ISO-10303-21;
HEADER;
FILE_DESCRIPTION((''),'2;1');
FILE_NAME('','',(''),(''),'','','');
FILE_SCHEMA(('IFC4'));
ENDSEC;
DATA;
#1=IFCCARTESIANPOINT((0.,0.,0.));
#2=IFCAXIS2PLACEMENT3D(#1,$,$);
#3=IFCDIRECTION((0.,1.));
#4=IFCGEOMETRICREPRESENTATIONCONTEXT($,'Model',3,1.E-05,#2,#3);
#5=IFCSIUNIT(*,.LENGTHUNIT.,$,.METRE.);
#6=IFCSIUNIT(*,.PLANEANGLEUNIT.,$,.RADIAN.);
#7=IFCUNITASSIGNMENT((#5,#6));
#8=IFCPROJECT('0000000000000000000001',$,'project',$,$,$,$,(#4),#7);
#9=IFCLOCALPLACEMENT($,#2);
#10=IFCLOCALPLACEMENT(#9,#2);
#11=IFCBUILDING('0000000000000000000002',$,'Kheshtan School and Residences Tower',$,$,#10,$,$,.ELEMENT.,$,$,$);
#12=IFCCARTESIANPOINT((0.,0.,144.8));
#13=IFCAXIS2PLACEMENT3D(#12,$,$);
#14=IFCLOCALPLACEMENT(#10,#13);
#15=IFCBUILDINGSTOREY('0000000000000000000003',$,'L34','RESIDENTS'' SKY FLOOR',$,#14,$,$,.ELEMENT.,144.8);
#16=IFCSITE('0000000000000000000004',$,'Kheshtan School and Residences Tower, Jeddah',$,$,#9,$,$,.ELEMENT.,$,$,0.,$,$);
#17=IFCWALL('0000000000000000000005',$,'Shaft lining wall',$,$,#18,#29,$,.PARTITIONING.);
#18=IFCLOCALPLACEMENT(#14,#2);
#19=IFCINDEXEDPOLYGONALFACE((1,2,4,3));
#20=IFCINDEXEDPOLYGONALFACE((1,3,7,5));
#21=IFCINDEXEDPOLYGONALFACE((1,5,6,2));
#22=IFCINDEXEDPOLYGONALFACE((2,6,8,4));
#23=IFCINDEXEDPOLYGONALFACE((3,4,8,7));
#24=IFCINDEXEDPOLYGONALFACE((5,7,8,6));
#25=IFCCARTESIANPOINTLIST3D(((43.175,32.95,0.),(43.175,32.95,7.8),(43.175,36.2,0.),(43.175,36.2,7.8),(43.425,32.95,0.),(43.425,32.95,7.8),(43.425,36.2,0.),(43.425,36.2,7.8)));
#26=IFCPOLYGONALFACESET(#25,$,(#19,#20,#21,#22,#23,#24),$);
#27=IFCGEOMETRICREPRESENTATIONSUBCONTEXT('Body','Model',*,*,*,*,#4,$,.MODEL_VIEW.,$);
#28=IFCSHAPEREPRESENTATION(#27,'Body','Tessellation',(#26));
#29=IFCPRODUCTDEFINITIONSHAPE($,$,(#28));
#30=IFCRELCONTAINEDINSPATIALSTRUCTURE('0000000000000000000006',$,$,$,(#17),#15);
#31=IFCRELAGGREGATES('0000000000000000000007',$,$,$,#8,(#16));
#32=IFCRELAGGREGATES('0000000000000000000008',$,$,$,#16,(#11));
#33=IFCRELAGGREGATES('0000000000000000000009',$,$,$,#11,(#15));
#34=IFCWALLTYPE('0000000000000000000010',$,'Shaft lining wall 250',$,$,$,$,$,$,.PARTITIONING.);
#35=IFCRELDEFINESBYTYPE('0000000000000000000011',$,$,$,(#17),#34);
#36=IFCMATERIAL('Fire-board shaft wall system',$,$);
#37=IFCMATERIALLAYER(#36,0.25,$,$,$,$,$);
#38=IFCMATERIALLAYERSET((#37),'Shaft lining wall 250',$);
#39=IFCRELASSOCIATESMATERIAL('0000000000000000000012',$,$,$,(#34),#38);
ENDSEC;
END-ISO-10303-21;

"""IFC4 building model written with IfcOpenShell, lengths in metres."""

from ifc_helpers import new_model, si_unit, direction, frame, frame_2d, origin, place, context, subcontext, project, spatial, rectangle, extrude, material, layer, layer_set, type_object, element, save


model = new_model("IFC4")

# Units and contexts
model_context = context("Model", 3, precision=1e-05, world=origin(), true_north=direction((0.0, 1.0)))
body_context = subcontext(model_context, "Body", "Model", "MODEL_VIEW")
ifc_project = project(units=[si_unit("LENGTHUNIT", "METRE"), si_unit("PLANEANGLEUNIT", "RADIAN")], contexts=[model_context])

# Site, building, storey
site_placement = place(None, origin())
site = spatial("IfcSite", under=ifc_project, at=site_placement, Name="Kheshtan School and Residences Tower, Jeddah", CompositionType="ELEMENT", RefElevation=0.0)
building_placement = place(site_placement, origin())
building = spatial("IfcBuilding", under=site, at=building_placement, Name="Kheshtan School and Residences Tower", CompositionType="ELEMENT")
storey_placement = place(building_placement, frame((0.0, 0.0, 144.8)))
storey = spatial("IfcBuildingStorey", under=building, at=storey_placement, Name="L34", Description="RESIDENTS' SKY FLOOR", CompositionType="ELEMENT", Elevation=144.8)

# Wall
ifc_material_1 = material(Name="Fire-board shaft wall system")
ifc_layer_1 = layer(ifc_material_1, 0.25)
ifc_layer_set_1 = layer_set([ifc_layer_1], Name="Shaft lining wall 250")
wall_type_1 = type_object("IfcWallType", Name="Shaft lining wall 250", PredefinedType="PARTITIONING", material=ifc_layer_set_1)
for number, where, z_axis, x_axis, name in (
    (1, (43.3, 32.95, 0.0), (0.0, 0.0, 1.0), (0.0, 1.0, 0.0), "Shaft lining wall"),
):
    element("IfcWall", number, at=place(storey_placement, frame(where, z_axis=z_axis, x_axis=x_axis)), inside=storey, type_object=wall_type_1, Name=name, PredefinedType="PARTITIONING", context=body_context, shape_type="SweptSolid", body=[
        extrude(rectangle(XDim=3.25, YDim=0.25, at=frame_2d((1.625, 0.0))), origin(), (0.0, 0.0, 1.0), 7.8),
    ])

save(model, "model.ifc")
